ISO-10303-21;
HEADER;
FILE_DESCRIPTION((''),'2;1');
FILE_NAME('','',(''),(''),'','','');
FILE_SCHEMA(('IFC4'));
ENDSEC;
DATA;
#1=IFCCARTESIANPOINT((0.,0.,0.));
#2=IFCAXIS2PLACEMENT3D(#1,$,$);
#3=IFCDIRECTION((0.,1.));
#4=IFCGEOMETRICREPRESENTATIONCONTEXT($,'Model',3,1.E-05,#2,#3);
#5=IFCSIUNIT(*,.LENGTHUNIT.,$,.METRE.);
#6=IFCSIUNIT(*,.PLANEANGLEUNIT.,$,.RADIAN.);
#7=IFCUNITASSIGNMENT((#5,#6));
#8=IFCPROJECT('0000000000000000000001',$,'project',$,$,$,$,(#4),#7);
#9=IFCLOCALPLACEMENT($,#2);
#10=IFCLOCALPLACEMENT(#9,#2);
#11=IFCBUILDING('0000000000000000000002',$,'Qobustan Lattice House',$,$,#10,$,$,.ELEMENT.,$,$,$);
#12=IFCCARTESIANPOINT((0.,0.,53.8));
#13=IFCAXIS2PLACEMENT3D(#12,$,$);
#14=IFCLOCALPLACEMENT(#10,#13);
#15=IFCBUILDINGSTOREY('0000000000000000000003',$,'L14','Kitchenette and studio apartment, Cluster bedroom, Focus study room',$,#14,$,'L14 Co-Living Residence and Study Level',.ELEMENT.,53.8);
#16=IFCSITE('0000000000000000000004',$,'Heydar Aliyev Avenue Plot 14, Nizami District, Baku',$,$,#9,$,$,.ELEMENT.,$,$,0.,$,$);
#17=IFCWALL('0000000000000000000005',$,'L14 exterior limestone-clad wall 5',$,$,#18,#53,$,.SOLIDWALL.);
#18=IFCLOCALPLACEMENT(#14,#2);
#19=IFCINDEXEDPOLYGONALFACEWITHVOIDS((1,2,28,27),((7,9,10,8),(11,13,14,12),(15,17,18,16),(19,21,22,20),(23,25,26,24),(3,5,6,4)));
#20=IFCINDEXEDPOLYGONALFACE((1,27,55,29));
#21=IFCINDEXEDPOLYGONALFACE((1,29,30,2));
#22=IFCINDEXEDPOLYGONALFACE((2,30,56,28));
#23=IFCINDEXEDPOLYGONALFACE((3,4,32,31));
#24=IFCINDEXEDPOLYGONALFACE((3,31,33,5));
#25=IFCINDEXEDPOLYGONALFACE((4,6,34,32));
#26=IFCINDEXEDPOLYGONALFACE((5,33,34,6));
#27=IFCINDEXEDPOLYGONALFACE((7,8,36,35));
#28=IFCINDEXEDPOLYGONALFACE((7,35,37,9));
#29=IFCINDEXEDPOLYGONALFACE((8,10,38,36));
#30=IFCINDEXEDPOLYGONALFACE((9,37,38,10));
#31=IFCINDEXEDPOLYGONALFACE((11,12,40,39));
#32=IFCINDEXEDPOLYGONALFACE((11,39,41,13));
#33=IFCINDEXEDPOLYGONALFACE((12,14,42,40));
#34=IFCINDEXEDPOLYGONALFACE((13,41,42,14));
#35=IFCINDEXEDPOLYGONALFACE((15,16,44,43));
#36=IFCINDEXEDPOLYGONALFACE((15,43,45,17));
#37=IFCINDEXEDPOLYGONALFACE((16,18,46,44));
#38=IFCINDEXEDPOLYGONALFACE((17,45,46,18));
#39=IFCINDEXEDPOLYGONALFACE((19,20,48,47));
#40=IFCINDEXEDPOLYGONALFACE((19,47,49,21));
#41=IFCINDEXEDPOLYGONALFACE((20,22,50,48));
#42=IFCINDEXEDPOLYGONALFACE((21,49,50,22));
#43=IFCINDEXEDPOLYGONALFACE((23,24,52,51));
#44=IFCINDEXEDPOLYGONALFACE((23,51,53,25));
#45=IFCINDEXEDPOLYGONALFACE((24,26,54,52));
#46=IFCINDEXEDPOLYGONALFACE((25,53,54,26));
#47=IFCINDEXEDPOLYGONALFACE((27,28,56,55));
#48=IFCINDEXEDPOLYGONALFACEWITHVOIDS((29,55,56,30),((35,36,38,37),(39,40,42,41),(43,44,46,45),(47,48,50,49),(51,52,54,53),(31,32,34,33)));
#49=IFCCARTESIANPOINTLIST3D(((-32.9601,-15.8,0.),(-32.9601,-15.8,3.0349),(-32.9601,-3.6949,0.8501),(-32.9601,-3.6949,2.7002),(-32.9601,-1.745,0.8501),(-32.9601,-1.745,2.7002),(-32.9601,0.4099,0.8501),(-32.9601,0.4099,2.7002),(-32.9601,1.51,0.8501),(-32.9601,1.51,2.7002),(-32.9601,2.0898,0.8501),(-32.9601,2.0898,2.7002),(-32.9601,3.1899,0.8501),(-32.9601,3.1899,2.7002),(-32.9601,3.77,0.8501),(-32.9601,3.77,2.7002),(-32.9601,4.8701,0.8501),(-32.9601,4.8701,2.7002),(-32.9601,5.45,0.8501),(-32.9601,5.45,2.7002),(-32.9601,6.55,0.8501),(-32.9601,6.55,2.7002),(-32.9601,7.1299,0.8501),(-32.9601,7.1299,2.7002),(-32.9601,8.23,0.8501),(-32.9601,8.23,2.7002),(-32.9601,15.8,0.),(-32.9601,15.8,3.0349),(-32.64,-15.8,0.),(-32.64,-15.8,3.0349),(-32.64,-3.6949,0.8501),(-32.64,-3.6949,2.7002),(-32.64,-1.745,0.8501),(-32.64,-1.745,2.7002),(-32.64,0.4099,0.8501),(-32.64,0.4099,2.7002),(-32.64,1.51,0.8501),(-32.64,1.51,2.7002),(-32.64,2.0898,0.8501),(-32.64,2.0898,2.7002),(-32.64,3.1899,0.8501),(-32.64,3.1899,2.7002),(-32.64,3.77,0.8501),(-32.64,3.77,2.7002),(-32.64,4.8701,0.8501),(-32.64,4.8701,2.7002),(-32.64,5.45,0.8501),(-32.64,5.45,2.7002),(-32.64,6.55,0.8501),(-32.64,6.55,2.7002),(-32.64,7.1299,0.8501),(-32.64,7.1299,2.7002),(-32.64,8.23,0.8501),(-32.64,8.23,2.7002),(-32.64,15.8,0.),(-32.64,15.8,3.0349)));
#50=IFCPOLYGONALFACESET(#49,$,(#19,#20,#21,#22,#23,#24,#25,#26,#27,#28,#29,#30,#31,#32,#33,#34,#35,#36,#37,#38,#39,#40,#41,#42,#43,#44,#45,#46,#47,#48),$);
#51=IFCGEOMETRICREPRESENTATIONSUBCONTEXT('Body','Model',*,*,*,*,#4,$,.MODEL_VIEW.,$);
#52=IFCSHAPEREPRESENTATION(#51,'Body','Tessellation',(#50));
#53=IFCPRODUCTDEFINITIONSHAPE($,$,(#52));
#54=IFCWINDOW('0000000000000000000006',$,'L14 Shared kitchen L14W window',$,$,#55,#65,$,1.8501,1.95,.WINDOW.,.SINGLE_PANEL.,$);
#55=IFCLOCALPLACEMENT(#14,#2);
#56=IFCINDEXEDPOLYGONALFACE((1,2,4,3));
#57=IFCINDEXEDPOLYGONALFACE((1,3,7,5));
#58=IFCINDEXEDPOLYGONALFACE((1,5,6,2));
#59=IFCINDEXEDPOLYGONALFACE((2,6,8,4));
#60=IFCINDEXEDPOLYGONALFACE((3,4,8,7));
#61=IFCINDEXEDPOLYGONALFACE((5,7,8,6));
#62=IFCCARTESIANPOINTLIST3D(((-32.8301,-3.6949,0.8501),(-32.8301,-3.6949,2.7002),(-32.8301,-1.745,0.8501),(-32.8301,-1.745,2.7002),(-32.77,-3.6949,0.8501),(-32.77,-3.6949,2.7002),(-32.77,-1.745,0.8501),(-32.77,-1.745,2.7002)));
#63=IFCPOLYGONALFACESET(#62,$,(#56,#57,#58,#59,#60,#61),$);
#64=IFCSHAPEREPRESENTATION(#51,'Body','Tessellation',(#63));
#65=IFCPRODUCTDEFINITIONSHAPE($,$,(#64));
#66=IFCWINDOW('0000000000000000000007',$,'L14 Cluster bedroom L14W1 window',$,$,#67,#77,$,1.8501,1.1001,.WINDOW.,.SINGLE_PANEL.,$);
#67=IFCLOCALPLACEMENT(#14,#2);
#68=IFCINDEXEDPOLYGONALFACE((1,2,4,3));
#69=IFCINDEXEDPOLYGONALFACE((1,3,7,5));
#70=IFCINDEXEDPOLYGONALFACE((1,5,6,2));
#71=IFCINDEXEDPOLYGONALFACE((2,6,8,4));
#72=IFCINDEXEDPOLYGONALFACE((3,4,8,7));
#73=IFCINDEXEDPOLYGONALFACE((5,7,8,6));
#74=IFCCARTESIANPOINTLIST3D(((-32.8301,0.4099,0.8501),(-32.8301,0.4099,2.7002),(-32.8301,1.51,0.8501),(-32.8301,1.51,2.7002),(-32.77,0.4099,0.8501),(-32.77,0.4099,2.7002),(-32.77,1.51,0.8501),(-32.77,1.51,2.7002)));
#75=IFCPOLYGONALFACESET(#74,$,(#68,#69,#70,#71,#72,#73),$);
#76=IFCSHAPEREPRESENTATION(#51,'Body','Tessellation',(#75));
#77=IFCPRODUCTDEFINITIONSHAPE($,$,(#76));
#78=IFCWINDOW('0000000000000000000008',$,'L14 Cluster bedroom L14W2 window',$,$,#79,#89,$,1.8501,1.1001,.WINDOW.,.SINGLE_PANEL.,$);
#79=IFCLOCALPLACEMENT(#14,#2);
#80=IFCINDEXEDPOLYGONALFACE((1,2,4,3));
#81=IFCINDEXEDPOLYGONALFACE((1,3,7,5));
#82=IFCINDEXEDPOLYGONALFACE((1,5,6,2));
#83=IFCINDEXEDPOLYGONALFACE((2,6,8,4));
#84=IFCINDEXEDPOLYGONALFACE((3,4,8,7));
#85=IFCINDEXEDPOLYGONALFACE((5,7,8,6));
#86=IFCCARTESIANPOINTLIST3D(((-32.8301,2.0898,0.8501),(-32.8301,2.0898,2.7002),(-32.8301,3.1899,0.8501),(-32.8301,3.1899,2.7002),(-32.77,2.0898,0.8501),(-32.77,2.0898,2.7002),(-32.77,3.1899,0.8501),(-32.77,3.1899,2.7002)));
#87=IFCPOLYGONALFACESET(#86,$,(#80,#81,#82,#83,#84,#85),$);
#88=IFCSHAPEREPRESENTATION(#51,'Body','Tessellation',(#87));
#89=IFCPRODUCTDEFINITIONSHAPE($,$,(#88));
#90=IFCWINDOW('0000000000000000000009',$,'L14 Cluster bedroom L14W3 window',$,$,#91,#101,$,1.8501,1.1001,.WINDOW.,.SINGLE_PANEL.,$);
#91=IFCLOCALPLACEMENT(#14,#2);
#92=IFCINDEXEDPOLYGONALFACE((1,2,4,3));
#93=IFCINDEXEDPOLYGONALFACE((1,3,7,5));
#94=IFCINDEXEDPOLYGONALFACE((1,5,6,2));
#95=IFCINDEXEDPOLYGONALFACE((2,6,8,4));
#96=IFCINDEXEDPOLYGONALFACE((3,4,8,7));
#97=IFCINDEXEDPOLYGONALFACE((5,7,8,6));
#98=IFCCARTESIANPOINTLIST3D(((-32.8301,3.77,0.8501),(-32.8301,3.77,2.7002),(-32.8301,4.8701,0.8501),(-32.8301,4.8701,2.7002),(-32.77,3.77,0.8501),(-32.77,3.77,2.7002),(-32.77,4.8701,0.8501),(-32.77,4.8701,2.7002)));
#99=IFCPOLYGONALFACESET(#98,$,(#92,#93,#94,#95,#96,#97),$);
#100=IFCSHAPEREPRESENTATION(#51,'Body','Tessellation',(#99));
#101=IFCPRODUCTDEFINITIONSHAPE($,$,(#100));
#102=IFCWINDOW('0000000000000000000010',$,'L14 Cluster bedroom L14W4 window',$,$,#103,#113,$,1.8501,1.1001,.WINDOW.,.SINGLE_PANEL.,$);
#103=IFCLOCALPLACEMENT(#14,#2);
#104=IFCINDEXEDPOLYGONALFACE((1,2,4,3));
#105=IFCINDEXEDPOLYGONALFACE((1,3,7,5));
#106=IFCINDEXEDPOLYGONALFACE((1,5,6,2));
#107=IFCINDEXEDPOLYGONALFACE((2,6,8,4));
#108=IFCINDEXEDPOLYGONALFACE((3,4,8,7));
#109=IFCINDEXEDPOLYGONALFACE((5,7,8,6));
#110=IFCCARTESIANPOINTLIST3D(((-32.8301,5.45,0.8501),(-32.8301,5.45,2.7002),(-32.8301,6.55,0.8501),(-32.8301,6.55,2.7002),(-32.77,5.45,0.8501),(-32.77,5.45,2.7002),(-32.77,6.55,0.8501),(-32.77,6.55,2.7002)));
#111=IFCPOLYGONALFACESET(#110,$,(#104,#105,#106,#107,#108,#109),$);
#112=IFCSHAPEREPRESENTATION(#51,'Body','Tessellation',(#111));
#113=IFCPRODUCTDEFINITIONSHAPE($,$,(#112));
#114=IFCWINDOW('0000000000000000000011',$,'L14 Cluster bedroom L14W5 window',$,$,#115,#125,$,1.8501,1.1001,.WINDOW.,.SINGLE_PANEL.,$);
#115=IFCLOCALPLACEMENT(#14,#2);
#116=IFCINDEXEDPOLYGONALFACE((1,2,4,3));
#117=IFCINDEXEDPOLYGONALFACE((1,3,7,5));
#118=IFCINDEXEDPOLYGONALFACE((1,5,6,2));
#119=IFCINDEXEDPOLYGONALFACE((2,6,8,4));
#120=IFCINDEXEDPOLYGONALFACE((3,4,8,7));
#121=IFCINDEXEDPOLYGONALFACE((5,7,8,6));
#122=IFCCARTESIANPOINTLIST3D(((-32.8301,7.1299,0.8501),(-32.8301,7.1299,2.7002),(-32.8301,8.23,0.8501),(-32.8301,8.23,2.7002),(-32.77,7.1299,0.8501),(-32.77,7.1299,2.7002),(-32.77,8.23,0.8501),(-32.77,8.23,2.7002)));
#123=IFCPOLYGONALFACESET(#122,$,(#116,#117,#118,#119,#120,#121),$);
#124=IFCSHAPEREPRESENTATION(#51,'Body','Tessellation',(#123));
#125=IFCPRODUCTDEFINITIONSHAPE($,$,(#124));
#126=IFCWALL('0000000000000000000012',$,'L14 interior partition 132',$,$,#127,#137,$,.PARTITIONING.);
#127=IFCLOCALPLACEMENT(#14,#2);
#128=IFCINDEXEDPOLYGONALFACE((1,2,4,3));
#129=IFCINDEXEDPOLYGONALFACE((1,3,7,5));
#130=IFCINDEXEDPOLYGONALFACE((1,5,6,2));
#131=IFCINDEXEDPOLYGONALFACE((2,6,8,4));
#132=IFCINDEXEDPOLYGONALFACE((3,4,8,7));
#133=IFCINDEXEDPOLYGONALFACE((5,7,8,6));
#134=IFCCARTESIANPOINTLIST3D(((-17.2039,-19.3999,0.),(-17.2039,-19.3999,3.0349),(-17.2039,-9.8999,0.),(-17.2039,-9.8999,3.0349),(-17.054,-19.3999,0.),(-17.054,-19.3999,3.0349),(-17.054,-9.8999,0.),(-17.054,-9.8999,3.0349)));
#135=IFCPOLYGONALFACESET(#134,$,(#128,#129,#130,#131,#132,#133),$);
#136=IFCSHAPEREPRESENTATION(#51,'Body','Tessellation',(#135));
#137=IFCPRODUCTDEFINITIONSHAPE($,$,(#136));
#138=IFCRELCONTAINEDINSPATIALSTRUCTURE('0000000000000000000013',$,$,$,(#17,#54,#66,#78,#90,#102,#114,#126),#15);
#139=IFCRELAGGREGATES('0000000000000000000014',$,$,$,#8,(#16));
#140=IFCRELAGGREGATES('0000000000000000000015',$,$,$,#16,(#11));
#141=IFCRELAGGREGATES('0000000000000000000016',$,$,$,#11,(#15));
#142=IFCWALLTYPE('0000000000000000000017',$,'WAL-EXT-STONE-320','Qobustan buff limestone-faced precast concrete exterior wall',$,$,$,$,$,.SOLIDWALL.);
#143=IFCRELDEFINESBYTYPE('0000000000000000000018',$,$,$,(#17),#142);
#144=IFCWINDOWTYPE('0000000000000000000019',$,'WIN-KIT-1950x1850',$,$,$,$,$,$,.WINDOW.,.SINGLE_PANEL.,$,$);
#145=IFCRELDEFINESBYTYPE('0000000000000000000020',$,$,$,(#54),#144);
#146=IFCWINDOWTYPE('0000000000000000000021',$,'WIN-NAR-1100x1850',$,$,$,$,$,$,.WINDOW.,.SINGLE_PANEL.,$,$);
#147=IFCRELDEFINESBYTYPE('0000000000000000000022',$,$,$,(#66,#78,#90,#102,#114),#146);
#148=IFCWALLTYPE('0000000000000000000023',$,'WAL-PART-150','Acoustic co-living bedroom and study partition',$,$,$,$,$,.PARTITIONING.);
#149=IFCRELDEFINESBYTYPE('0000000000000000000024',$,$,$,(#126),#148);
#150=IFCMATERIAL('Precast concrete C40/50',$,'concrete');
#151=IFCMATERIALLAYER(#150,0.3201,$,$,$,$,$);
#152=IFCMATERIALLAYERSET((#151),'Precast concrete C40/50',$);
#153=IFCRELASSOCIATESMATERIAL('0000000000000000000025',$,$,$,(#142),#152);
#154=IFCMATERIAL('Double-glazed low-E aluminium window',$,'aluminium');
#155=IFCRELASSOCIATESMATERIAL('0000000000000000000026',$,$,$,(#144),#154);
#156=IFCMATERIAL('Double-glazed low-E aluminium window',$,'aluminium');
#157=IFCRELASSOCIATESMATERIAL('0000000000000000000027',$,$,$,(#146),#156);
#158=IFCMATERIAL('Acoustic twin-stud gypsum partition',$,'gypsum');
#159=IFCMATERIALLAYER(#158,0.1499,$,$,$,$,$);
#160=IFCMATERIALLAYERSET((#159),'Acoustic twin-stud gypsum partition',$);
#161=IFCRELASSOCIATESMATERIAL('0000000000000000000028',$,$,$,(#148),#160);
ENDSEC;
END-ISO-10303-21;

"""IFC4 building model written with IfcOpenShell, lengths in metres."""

from ifc_helpers import new_model, si_unit, direction, frame, frame_2d, origin, place, context, subcontext, project, spatial, rectangle, extrude, material, layer, layer_set, type_object, element, fill, save


model = new_model("IFC4")

# Units and contexts
model_context = context("Model", 3, precision=1e-05, world=origin(), true_north=direction((0.0, 1.0)))
body_context = subcontext(model_context, "Body", "Model", "MODEL_VIEW")
ifc_project = project(units=[si_unit("LENGTHUNIT", "METRE"), si_unit("PLANEANGLEUNIT", "RADIAN")], contexts=[model_context])

# Site, building, storey
site_placement = place(None, origin())
site = spatial("IfcSite", under=ifc_project, at=site_placement, Name="Heydar Aliyev Avenue Plot 14, Nizami District, Baku", CompositionType="ELEMENT", RefElevation=0.0)
building_placement = place(site_placement, origin())
building = spatial("IfcBuilding", under=site, at=building_placement, Name="Qobustan Lattice House", CompositionType="ELEMENT")
storey_placement = place(building_placement, frame((0.0, 0.0, 53.8)))
storey = spatial("IfcBuildingStorey", under=building, at=storey_placement, Name="L14", Description="Kitchenette and studio apartment, Cluster bedroom, Focus study room", LongName="L14 Co-Living Residence and Study Level", CompositionType="ELEMENT", Elevation=53.8)

# Shared definitions
ifc_material_1 = material(Name="Precast concrete C40/50", Category="concrete")
ifc_layer_1 = layer(ifc_material_1, 0.3201)
ifc_layer_set_1 = layer_set([ifc_layer_1], Name="Precast concrete C40/50")
wall_type_1 = type_object("IfcWallType", Name="WAL-EXT-STONE-320", Description="Qobustan buff limestone-faced precast concrete exterior wall", PredefinedType="SOLIDWALL", material=ifc_layer_set_1)

# Wall, openings, windows
wall_1_placement = place(storey_placement, frame((-32.8, -15.8, 0.0), z_axis=(0.0, 0.0, 1.0), x_axis=(0.0, 1.0, 0.0)))
wall_1 = element("IfcWall", 1, at=wall_1_placement, inside=storey, type_object=wall_type_1, Name="L14 exterior limestone-clad wall 5", PredefinedType="SOLIDWALL", context=body_context, shape_type="SweptSolid", body=[
    extrude(rectangle(XDim=31.6001, YDim=0.3201, at=frame_2d((15.8, 0.0))), origin(), (0.0, 0.0, 1.0), 3.0349),
])
opening_1_placement = place(wall_1_placement, frame((12.105, 0.0, 0.8501)))
opening_1 = element("IfcOpeningElement", 2, at=opening_1_placement, cuts=wall_1, PredefinedType="OPENING", context=body_context, shape_type="SweptSolid", body=[
    extrude(rectangle(XDim=1.95, YDim=1.8501, at=frame_2d((0.9751, 0.925))), frame((0.0, 0.1699, 0.0), z_axis=(0.0, -1.0, 0.0), x_axis=(1.0, 0.0, 0.0)), (0.0, 0.0, 1.0), 0.3401),
])
opening_2_placement = place(wall_1_placement, frame((16.21, 0.0, 0.8501)))
opening_2 = element("IfcOpeningElement", 3, at=opening_2_placement, cuts=wall_1, PredefinedType="OPENING", context=body_context, shape_type="SweptSolid", body=[
    extrude(rectangle(XDim=1.1001, YDim=1.8501, at=frame_2d((0.55, 0.925))), frame((0.0, 0.1699, 0.0), z_axis=(0.0, -1.0, 0.0), x_axis=(1.0, 0.0, 0.0)), (0.0, 0.0, 1.0), 0.3401),
])
opening_3_placement = place(wall_1_placement, frame((17.8899, 0.0, 0.8501)))
opening_3 = element("IfcOpeningElement", 4, at=opening_3_placement, cuts=wall_1, PredefinedType="OPENING", context=body_context, shape_type="SweptSolid", body=[
    extrude(rectangle(XDim=1.1001, YDim=1.8501, at=frame_2d((0.55, 0.925))), frame((0.0, 0.1699, 0.0), z_axis=(0.0, -1.0, 0.0), x_axis=(1.0, 0.0, 0.0)), (0.0, 0.0, 1.0), 0.3401),
])
opening_4_placement = place(wall_1_placement, frame((19.5701, 0.0, 0.8501)))
opening_4 = element("IfcOpeningElement", 5, at=opening_4_placement, cuts=wall_1, PredefinedType="OPENING", context=body_context, shape_type="SweptSolid", body=[
    extrude(rectangle(XDim=1.1001, YDim=1.8501, at=frame_2d((0.55, 0.925))), frame((0.0, 0.1699, 0.0), z_axis=(0.0, -1.0, 0.0), x_axis=(1.0, 0.0, 0.0)), (0.0, 0.0, 1.0), 0.3401),
])
opening_5_placement = place(wall_1_placement, frame((21.25, 0.0, 0.8501)))
opening_5 = element("IfcOpeningElement", 6, at=opening_5_placement, cuts=wall_1, PredefinedType="OPENING", context=body_context, shape_type="SweptSolid", body=[
    extrude(rectangle(XDim=1.1001, YDim=1.8501, at=frame_2d((0.55, 0.925))), frame((0.0, 0.1699, 0.0), z_axis=(0.0, -1.0, 0.0), x_axis=(1.0, 0.0, 0.0)), (0.0, 0.0, 1.0), 0.3401),
])
opening_6_placement = place(wall_1_placement, frame((22.9299, 0.0, 0.8501)))
opening_6 = element("IfcOpeningElement", 7, at=opening_6_placement, cuts=wall_1, PredefinedType="OPENING", context=body_context, shape_type="SweptSolid", body=[
    extrude(rectangle(XDim=1.1001, YDim=1.8501, at=frame_2d((0.55, 0.925))), frame((0.0, 0.1699, 0.0), z_axis=(0.0, -1.0, 0.0), x_axis=(1.0, 0.0, 0.0)), (0.0, 0.0, 1.0), 0.3401),
])
ifc_material_2 = material(Name="Double-glazed low-E aluminium window", Category="aluminium")
window_type_1 = type_object("IfcWindowType", Name="WIN-KIT-1950x1850", PartitioningType="SINGLE_PANEL", PredefinedType="WINDOW", material=ifc_material_2)
window_1_placement = place(opening_1_placement, origin())
window_1 = element("IfcWindow", 8, at=window_1_placement, inside=storey, type_object=window_type_1, Name="L14 Shared kitchen L14W window", OverallHeight=1.8501, OverallWidth=1.95, PartitioningType="SINGLE_PANEL", PredefinedType="WINDOW", context=body_context, shape_type="SweptSolid", body=[
    extrude(rectangle(XDim=1.95, YDim=1.8501, at=frame_2d((0.9751, 0.925))), frame((0.0, 0.03, 0.0), z_axis=(0.0, -1.0, 0.0), x_axis=(1.0, 0.0, 0.0)), (0.0, 0.0, 1.0), 0.0601),
])
fill(opening_1, window_1)
ifc_material_3 = material(Name="Double-glazed low-E aluminium window", Category="aluminium")
window_type_2 = type_object("IfcWindowType", Name="WIN-NAR-1100x1850", PartitioningType="SINGLE_PANEL", PredefinedType="WINDOW", material=ifc_material_3)
window_2_placement = place(opening_2_placement, origin())
window_2 = element("IfcWindow", 9, at=window_2_placement, inside=storey, type_object=window_type_2, Name="L14 Cluster bedroom L14W1 window", OverallHeight=1.8501, OverallWidth=1.1001, PartitioningType="SINGLE_PANEL", PredefinedType="WINDOW", context=body_context, shape_type="SweptSolid", body=[
    extrude(rectangle(XDim=1.1001, YDim=1.8501, at=frame_2d((0.55, 0.925))), frame((0.0, 0.03, 0.0), z_axis=(0.0, -1.0, 0.0), x_axis=(1.0, 0.0, 0.0)), (0.0, 0.0, 1.0), 0.0601),
])
fill(opening_2, window_2)
window_3_placement = place(opening_3_placement, origin())
window_3 = element("IfcWindow", 10, at=window_3_placement, inside=storey, type_object=window_type_2, Name="L14 Cluster bedroom L14W2 window", OverallHeight=1.8501, OverallWidth=1.1001, PartitioningType="SINGLE_PANEL", PredefinedType="WINDOW", context=body_context, shape_type="SweptSolid", body=[
    extrude(rectangle(XDim=1.1001, YDim=1.8501, at=frame_2d((0.55, 0.925))), frame((0.0, 0.03, 0.0), z_axis=(0.0, -1.0, 0.0), x_axis=(1.0, 0.0, 0.0)), (0.0, 0.0, 1.0), 0.0601),
])
fill(opening_3, window_3)
window_4_placement = place(opening_4_placement, origin())
window_4 = element("IfcWindow", 11, at=window_4_placement, inside=storey, type_object=window_type_2, Name="L14 Cluster bedroom L14W3 window", OverallHeight=1.8501, OverallWidth=1.1001, PartitioningType="SINGLE_PANEL", PredefinedType="WINDOW", context=body_context, shape_type="SweptSolid", body=[
    extrude(rectangle(XDim=1.1001, YDim=1.8501, at=frame_2d((0.55, 0.925))), frame((0.0, 0.03, 0.0), z_axis=(0.0, -1.0, 0.0), x_axis=(1.0, 0.0, 0.0)), (0.0, 0.0, 1.0), 0.0601),
])
fill(opening_4, window_4)
window_5_placement = place(opening_5_placement, origin())
window_5 = element("IfcWindow", 12, at=window_5_placement, inside=storey, type_object=window_type_2, Name="L14 Cluster bedroom L14W4 window", OverallHeight=1.8501, OverallWidth=1.1001, PartitioningType="SINGLE_PANEL", PredefinedType="WINDOW", context=body_context, shape_type="SweptSolid", body=[
    extrude(rectangle(XDim=1.1001, YDim=1.8501, at=frame_2d((0.55, 0.925))), frame((0.0, 0.03, 0.0), z_axis=(0.0, -1.0, 0.0), x_axis=(1.0, 0.0, 0.0)), (0.0, 0.0, 1.0), 0.0601),
])
fill(opening_5, window_5)
window_6_placement = place(opening_6_placement, origin())
window_6 = element("IfcWindow", 13, at=window_6_placement, inside=storey, type_object=window_type_2, Name="L14 Cluster bedroom L14W5 window", OverallHeight=1.8501, OverallWidth=1.1001, PartitioningType="SINGLE_PANEL", PredefinedType="WINDOW", context=body_context, shape_type="SweptSolid", body=[
    extrude(rectangle(XDim=1.1001, YDim=1.8501, at=frame_2d((0.55, 0.925))), frame((0.0, 0.03, 0.0), z_axis=(0.0, -1.0, 0.0), x_axis=(1.0, 0.0, 0.0)), (0.0, 0.0, 1.0), 0.0601),
])
fill(opening_6, window_6)

# Wall
ifc_material_4 = material(Name="Acoustic twin-stud gypsum partition", Category="gypsum")
ifc_layer_2 = layer(ifc_material_4, 0.1499)
ifc_layer_set_2 = layer_set([ifc_layer_2], Name="Acoustic twin-stud gypsum partition")
wall_type_2 = type_object("IfcWallType", Name="WAL-PART-150", Description="Acoustic co-living bedroom and study partition", PredefinedType="PARTITIONING", material=ifc_layer_set_2)
wall_2_placement = place(storey_placement, frame((-17.1289, -9.8999, 0.0), z_axis=(0.0, 0.0, 1.0), x_axis=(0.0, -1.0, 0.0)))
element("IfcWall", 14, at=wall_2_placement, inside=storey, type_object=wall_type_2, Name="L14 interior partition 132", PredefinedType="PARTITIONING", context=body_context, shape_type="SweptSolid", body=[
    extrude(rectangle(XDim=9.5, YDim=0.1499, at=frame_2d((4.75, 0.0))), origin(), (0.0, 0.0, 1.0), 3.0349),
])

save(model, "model.ifc")
